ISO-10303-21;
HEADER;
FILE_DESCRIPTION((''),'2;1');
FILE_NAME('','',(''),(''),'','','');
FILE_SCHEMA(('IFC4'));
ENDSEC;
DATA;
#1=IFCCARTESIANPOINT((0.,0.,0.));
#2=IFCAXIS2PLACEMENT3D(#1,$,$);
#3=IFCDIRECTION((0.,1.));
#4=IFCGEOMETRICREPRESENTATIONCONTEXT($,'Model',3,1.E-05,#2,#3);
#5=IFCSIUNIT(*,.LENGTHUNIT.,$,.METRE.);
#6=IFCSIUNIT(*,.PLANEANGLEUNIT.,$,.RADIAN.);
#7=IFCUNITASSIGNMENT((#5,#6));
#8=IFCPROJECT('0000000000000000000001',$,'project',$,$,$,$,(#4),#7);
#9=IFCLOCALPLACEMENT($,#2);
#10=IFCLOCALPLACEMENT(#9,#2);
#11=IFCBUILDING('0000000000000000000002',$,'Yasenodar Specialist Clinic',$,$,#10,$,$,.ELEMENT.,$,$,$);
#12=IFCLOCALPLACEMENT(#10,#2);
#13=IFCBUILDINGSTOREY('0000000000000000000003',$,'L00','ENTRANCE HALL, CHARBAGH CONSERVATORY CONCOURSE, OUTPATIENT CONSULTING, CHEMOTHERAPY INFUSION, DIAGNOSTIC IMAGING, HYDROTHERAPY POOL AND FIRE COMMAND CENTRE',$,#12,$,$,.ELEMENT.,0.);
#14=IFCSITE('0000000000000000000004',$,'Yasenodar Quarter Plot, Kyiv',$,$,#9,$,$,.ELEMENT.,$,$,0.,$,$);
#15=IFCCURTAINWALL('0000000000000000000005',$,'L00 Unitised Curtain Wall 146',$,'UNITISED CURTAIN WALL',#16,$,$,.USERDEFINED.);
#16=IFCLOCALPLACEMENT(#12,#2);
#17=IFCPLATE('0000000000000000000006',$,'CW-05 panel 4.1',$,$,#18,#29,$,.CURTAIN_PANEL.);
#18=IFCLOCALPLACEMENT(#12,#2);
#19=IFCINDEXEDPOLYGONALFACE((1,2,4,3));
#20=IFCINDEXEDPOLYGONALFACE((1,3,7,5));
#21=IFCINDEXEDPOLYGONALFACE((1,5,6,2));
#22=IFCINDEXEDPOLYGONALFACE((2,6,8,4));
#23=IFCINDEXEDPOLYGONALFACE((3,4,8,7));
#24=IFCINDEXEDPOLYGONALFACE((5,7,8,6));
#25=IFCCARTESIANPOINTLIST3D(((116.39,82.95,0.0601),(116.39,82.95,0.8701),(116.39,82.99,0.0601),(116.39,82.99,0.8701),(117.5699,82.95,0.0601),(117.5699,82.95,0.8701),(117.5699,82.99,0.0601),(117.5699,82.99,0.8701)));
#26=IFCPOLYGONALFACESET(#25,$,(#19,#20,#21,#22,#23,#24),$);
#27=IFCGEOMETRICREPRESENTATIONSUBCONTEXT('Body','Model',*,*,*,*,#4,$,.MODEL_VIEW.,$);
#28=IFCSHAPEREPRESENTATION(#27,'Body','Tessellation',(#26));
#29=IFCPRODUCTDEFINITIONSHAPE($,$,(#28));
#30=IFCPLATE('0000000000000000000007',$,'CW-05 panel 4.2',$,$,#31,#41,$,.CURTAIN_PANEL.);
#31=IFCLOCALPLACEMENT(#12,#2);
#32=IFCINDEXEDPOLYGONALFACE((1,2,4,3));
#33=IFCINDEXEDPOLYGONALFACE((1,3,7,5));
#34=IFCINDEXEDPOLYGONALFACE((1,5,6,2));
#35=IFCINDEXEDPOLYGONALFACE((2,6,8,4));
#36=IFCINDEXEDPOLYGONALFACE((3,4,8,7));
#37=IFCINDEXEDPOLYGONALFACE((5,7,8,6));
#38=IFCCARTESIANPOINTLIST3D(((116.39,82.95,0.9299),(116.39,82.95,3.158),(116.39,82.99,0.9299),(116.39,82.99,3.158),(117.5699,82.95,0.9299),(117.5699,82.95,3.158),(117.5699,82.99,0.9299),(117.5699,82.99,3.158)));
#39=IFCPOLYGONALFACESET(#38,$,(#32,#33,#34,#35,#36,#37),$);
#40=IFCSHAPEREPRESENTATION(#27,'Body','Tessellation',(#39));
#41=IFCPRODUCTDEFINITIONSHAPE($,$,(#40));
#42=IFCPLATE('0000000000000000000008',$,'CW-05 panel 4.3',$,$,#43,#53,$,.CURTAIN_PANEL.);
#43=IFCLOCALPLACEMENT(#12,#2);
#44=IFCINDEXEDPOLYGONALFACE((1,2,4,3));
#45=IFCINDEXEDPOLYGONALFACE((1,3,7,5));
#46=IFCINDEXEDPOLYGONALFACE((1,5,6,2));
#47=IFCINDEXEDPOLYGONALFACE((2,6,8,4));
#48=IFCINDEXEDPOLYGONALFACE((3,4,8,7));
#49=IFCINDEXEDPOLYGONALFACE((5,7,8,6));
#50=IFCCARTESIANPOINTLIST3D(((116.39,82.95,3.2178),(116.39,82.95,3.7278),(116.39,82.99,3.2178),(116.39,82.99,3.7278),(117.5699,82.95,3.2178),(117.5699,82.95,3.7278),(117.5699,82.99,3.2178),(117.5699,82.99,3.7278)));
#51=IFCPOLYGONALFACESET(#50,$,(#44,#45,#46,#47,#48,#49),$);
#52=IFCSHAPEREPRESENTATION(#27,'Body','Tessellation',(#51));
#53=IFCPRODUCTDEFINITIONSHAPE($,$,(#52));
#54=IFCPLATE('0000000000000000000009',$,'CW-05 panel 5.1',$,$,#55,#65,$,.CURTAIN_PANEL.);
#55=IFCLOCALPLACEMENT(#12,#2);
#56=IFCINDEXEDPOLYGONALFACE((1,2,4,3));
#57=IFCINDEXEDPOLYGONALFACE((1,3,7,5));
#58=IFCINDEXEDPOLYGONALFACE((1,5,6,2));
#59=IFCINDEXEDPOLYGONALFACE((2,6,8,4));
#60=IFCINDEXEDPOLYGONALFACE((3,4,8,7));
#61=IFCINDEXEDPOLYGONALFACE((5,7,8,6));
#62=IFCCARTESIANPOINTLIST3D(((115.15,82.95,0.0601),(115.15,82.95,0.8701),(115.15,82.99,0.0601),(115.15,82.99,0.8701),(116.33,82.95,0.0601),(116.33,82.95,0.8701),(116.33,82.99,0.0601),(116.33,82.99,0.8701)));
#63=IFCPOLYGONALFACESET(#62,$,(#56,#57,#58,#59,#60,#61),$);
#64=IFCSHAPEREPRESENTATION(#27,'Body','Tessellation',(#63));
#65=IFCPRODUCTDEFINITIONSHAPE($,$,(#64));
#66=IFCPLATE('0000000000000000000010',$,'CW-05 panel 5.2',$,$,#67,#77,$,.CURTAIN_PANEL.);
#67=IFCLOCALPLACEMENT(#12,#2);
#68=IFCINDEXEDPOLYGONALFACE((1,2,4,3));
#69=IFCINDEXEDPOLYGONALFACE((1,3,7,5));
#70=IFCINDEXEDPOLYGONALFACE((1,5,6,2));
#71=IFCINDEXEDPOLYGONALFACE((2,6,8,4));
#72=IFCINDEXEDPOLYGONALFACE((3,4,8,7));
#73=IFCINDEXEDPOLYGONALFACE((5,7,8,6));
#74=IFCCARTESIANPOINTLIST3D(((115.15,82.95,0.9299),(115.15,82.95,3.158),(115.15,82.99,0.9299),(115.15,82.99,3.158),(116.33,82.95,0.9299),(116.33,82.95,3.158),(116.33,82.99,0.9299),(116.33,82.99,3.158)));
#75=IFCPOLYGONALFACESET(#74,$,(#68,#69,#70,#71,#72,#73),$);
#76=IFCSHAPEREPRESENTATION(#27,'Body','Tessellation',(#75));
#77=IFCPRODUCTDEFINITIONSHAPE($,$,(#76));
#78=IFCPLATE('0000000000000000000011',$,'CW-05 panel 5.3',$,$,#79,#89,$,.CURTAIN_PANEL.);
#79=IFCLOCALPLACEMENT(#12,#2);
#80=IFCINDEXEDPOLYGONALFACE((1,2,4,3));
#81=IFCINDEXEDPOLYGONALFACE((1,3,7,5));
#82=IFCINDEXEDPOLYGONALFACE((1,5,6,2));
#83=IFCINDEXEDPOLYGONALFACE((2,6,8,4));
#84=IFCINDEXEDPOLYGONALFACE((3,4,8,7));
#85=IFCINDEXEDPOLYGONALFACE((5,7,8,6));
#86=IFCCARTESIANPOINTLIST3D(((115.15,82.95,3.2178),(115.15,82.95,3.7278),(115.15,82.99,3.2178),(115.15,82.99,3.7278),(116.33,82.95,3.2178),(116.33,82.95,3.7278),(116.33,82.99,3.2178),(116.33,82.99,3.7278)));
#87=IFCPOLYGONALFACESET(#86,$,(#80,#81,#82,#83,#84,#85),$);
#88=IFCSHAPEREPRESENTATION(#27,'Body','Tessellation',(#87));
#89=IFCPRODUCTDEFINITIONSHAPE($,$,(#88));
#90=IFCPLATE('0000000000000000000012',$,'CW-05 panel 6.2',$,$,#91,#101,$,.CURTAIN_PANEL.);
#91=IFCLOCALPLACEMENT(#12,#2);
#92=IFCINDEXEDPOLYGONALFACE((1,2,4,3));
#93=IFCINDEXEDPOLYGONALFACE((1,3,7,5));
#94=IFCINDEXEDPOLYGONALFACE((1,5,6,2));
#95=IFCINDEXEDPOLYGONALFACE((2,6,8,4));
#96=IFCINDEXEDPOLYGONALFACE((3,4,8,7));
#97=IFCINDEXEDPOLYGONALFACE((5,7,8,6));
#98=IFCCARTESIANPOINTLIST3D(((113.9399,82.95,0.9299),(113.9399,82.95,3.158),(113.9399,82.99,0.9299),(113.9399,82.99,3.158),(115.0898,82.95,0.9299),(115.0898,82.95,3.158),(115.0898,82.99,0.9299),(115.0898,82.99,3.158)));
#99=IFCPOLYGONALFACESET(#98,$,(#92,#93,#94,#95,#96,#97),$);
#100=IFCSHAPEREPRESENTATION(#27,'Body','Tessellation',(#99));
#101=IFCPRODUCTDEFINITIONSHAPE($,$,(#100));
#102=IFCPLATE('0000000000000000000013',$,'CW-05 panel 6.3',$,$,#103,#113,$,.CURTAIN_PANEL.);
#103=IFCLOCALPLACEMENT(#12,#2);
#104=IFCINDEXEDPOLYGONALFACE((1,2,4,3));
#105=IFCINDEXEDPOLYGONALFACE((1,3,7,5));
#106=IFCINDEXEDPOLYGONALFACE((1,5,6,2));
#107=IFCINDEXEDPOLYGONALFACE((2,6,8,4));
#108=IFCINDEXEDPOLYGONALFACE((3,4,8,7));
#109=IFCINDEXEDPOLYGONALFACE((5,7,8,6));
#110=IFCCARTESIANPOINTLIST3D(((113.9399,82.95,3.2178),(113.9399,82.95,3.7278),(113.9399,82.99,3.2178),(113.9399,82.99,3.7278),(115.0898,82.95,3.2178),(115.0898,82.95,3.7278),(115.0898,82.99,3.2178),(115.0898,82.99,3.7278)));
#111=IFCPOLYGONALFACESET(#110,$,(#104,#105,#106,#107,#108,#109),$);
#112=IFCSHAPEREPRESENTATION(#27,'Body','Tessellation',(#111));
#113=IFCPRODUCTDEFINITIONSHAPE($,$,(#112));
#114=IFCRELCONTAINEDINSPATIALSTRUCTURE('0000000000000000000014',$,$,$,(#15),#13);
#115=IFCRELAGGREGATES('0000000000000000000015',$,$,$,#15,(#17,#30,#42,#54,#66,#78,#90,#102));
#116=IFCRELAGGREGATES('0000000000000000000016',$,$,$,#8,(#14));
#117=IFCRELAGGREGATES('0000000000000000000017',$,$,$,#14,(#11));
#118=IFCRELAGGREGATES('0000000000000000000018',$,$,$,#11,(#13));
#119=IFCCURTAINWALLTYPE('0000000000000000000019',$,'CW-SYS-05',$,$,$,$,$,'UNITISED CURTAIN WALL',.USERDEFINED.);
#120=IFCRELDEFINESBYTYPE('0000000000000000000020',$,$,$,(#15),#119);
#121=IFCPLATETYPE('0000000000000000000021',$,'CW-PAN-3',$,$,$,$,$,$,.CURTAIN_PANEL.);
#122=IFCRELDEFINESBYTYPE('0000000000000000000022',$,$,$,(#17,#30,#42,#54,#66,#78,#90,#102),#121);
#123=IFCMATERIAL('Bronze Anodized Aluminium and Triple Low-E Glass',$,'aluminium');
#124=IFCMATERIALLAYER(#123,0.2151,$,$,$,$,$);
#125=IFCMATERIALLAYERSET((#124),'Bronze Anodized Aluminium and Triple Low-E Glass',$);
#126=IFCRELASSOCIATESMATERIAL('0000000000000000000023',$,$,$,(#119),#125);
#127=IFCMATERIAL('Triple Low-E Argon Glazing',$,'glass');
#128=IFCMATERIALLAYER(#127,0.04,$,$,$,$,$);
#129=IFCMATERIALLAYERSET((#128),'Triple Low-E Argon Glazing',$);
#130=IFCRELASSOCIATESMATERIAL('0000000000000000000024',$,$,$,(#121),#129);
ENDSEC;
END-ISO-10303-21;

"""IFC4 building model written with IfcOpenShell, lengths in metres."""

from ifc_helpers import new_model, si_unit, direction, frame, origin, origin_2d, place, context, subcontext, project, spatial, rectangle, extrude, material, layer, layer_set, type_object, element, aggregate, save


model = new_model("IFC4")

# Units and contexts
model_context = context("Model", 3, precision=1e-05, world=origin(), true_north=direction((0.0, 1.0)))
body_context = subcontext(model_context, "Body", "Model", "MODEL_VIEW")
ifc_project = project(units=[si_unit("LENGTHUNIT", "METRE"), si_unit("PLANEANGLEUNIT", "RADIAN")], contexts=[model_context])

# Site, building, storey
site_placement = place(None, origin())
site = spatial("IfcSite", under=ifc_project, at=site_placement, Name="Yasenodar Quarter Plot, Kyiv", CompositionType="ELEMENT", RefElevation=0.0)
building_placement = place(site_placement, origin())
building = spatial("IfcBuilding", under=site, at=building_placement, Name="Yasenodar Specialist Clinic", CompositionType="ELEMENT")
storey_placement = place(building_placement, origin())
storey = spatial("IfcBuildingStorey", under=building, at=storey_placement, Name="L00", Description="ENTRANCE HALL, CHARBAGH CONSERVATORY CONCOURSE, OUTPATIENT CONSULTING, CHEMOTHERAPY INFUSION, DIAGNOSTIC IMAGING, HYDROTHERAPY POOL AND FIRE COMMAND CENTRE", CompositionType="ELEMENT", Elevation=0.0)

# Curtain wall, plates
ifc_material_1 = material(Name="Bronze Anodized Aluminium and Triple Low-E Glass", Category="aluminium")
ifc_layer_1 = layer(ifc_material_1, 0.2151)
ifc_layer_set_1 = layer_set([ifc_layer_1], Name="Bronze Anodized Aluminium and Triple Low-E Glass")
curtain_wall_type = type_object("IfcCurtainWallType", Name="CW-SYS-05", ElementType="UNITISED CURTAIN WALL", PredefinedType="USERDEFINED", material=ifc_layer_set_1)
curtain_wall_placement = place(storey_placement, origin())
curtain_wall = element("IfcCurtainWall", 1, at=curtain_wall_placement, inside=storey, type_object=curtain_wall_type, Name="L00 Unitised Curtain Wall 146", ObjectType="UNITISED CURTAIN WALL", PredefinedType="USERDEFINED")
ifc_material_2 = material(Name="Triple Low-E Argon Glazing", Category="glass")
ifc_layer_2 = layer(ifc_material_2, 0.04)
ifc_layer_set_2 = layer_set([ifc_layer_2], Name="Triple Low-E Argon Glazing")
plate_type = type_object("IfcPlateType", Name="CW-PAN-3", PredefinedType="CURTAIN_PANEL", material=ifc_layer_set_2)
plate_1_placement = place(storey_placement, frame((116.98, 82.97, 0.0601), z_axis=(0.0, 0.0, 1.0), x_axis=(-1.0, 0.0, 0.0)))
plate_1 = element("IfcPlate", 2, at=plate_1_placement, type_object=plate_type, Name="CW-05 panel 4.1", PredefinedType="CURTAIN_PANEL", context=body_context, shape_type="SweptSolid", body=[
    extrude(rectangle(XDim=1.1799, YDim=0.04, at=origin_2d()), origin(), (0.0, 0.0, 1.0), 0.8101),
])
plate_2_placement = place(storey_placement, frame((116.98, 82.97, 0.9299), z_axis=(0.0, 0.0, 1.0), x_axis=(-1.0, 0.0, 0.0)))
plate_2 = element("IfcPlate", 3, at=plate_2_placement, type_object=plate_type, Name="CW-05 panel 4.2", PredefinedType="CURTAIN_PANEL", context=body_context, shape_type="SweptSolid", body=[
    extrude(rectangle(XDim=1.1799, YDim=0.04, at=origin_2d()), origin(), (0.0, 0.0, 1.0), 2.228),
])
plate_3_placement = place(storey_placement, frame((116.98, 82.97, 3.2178), z_axis=(0.0, 0.0, 1.0), x_axis=(-1.0, 0.0, 0.0)))
plate_3 = element("IfcPlate", 4, at=plate_3_placement, type_object=plate_type, Name="CW-05 panel 4.3", PredefinedType="CURTAIN_PANEL", context=body_context, shape_type="SweptSolid", body=[
    extrude(rectangle(XDim=1.1799, YDim=0.04, at=origin_2d()), origin(), (0.0, 0.0, 1.0), 0.51),
])
plate_4_placement = place(storey_placement, frame((115.74, 82.97, 0.0601), z_axis=(0.0, 0.0, 1.0), x_axis=(-1.0, 0.0, 0.0)))
plate_4 = element("IfcPlate", 5, at=plate_4_placement, type_object=plate_type, Name="CW-05 panel 5.1", PredefinedType="CURTAIN_PANEL", context=body_context, shape_type="SweptSolid", body=[
    extrude(rectangle(XDim=1.1799, YDim=0.04, at=origin_2d()), origin(), (0.0, 0.0, 1.0), 0.8101),
])
plate_5_placement = place(storey_placement, frame((115.74, 82.97, 0.9299), z_axis=(0.0, 0.0, 1.0), x_axis=(-1.0, 0.0, 0.0)))
plate_5 = element("IfcPlate", 6, at=plate_5_placement, type_object=plate_type, Name="CW-05 panel 5.2", PredefinedType="CURTAIN_PANEL", context=body_context, shape_type="SweptSolid", body=[
    extrude(rectangle(XDim=1.1799, YDim=0.04, at=origin_2d()), origin(), (0.0, 0.0, 1.0), 2.228),
])
plate_6_placement = place(storey_placement, frame((115.74, 82.97, 3.2178), z_axis=(0.0, 0.0, 1.0), x_axis=(-1.0, 0.0, 0.0)))
plate_6 = element("IfcPlate", 7, at=plate_6_placement, type_object=plate_type, Name="CW-05 panel 5.3", PredefinedType="CURTAIN_PANEL", context=body_context, shape_type="SweptSolid", body=[
    extrude(rectangle(XDim=1.1799, YDim=0.04, at=origin_2d()), origin(), (0.0, 0.0, 1.0), 0.51),
])
plate_7_placement = place(storey_placement, frame((114.5149, 82.97, 0.9299), z_axis=(0.0, 0.0, 1.0), x_axis=(-1.0, 0.0, 0.0)))
plate_7 = element("IfcPlate", 8, at=plate_7_placement, type_object=plate_type, Name="CW-05 panel 6.2", PredefinedType="CURTAIN_PANEL", context=body_context, shape_type="SweptSolid", body=[
    extrude(rectangle(XDim=1.1499, YDim=0.04, at=origin_2d()), origin(), (0.0, 0.0, 1.0), 2.228),
])
plate_8_placement = place(storey_placement, frame((114.5149, 82.97, 3.2178), z_axis=(0.0, 0.0, 1.0), x_axis=(-1.0, 0.0, 0.0)))
plate_8 = element("IfcPlate", 9, at=plate_8_placement, type_object=plate_type, Name="CW-05 panel 6.3", PredefinedType="CURTAIN_PANEL", context=body_context, shape_type="SweptSolid", body=[
    extrude(rectangle(XDim=1.1499, YDim=0.04, at=origin_2d()), origin(), (0.0, 0.0, 1.0), 0.51),
])
aggregate(curtain_wall, [plate_1, plate_2, plate_3, plate_4, plate_5, plate_6, plate_7, plate_8])

save(model, "model.ifc")
